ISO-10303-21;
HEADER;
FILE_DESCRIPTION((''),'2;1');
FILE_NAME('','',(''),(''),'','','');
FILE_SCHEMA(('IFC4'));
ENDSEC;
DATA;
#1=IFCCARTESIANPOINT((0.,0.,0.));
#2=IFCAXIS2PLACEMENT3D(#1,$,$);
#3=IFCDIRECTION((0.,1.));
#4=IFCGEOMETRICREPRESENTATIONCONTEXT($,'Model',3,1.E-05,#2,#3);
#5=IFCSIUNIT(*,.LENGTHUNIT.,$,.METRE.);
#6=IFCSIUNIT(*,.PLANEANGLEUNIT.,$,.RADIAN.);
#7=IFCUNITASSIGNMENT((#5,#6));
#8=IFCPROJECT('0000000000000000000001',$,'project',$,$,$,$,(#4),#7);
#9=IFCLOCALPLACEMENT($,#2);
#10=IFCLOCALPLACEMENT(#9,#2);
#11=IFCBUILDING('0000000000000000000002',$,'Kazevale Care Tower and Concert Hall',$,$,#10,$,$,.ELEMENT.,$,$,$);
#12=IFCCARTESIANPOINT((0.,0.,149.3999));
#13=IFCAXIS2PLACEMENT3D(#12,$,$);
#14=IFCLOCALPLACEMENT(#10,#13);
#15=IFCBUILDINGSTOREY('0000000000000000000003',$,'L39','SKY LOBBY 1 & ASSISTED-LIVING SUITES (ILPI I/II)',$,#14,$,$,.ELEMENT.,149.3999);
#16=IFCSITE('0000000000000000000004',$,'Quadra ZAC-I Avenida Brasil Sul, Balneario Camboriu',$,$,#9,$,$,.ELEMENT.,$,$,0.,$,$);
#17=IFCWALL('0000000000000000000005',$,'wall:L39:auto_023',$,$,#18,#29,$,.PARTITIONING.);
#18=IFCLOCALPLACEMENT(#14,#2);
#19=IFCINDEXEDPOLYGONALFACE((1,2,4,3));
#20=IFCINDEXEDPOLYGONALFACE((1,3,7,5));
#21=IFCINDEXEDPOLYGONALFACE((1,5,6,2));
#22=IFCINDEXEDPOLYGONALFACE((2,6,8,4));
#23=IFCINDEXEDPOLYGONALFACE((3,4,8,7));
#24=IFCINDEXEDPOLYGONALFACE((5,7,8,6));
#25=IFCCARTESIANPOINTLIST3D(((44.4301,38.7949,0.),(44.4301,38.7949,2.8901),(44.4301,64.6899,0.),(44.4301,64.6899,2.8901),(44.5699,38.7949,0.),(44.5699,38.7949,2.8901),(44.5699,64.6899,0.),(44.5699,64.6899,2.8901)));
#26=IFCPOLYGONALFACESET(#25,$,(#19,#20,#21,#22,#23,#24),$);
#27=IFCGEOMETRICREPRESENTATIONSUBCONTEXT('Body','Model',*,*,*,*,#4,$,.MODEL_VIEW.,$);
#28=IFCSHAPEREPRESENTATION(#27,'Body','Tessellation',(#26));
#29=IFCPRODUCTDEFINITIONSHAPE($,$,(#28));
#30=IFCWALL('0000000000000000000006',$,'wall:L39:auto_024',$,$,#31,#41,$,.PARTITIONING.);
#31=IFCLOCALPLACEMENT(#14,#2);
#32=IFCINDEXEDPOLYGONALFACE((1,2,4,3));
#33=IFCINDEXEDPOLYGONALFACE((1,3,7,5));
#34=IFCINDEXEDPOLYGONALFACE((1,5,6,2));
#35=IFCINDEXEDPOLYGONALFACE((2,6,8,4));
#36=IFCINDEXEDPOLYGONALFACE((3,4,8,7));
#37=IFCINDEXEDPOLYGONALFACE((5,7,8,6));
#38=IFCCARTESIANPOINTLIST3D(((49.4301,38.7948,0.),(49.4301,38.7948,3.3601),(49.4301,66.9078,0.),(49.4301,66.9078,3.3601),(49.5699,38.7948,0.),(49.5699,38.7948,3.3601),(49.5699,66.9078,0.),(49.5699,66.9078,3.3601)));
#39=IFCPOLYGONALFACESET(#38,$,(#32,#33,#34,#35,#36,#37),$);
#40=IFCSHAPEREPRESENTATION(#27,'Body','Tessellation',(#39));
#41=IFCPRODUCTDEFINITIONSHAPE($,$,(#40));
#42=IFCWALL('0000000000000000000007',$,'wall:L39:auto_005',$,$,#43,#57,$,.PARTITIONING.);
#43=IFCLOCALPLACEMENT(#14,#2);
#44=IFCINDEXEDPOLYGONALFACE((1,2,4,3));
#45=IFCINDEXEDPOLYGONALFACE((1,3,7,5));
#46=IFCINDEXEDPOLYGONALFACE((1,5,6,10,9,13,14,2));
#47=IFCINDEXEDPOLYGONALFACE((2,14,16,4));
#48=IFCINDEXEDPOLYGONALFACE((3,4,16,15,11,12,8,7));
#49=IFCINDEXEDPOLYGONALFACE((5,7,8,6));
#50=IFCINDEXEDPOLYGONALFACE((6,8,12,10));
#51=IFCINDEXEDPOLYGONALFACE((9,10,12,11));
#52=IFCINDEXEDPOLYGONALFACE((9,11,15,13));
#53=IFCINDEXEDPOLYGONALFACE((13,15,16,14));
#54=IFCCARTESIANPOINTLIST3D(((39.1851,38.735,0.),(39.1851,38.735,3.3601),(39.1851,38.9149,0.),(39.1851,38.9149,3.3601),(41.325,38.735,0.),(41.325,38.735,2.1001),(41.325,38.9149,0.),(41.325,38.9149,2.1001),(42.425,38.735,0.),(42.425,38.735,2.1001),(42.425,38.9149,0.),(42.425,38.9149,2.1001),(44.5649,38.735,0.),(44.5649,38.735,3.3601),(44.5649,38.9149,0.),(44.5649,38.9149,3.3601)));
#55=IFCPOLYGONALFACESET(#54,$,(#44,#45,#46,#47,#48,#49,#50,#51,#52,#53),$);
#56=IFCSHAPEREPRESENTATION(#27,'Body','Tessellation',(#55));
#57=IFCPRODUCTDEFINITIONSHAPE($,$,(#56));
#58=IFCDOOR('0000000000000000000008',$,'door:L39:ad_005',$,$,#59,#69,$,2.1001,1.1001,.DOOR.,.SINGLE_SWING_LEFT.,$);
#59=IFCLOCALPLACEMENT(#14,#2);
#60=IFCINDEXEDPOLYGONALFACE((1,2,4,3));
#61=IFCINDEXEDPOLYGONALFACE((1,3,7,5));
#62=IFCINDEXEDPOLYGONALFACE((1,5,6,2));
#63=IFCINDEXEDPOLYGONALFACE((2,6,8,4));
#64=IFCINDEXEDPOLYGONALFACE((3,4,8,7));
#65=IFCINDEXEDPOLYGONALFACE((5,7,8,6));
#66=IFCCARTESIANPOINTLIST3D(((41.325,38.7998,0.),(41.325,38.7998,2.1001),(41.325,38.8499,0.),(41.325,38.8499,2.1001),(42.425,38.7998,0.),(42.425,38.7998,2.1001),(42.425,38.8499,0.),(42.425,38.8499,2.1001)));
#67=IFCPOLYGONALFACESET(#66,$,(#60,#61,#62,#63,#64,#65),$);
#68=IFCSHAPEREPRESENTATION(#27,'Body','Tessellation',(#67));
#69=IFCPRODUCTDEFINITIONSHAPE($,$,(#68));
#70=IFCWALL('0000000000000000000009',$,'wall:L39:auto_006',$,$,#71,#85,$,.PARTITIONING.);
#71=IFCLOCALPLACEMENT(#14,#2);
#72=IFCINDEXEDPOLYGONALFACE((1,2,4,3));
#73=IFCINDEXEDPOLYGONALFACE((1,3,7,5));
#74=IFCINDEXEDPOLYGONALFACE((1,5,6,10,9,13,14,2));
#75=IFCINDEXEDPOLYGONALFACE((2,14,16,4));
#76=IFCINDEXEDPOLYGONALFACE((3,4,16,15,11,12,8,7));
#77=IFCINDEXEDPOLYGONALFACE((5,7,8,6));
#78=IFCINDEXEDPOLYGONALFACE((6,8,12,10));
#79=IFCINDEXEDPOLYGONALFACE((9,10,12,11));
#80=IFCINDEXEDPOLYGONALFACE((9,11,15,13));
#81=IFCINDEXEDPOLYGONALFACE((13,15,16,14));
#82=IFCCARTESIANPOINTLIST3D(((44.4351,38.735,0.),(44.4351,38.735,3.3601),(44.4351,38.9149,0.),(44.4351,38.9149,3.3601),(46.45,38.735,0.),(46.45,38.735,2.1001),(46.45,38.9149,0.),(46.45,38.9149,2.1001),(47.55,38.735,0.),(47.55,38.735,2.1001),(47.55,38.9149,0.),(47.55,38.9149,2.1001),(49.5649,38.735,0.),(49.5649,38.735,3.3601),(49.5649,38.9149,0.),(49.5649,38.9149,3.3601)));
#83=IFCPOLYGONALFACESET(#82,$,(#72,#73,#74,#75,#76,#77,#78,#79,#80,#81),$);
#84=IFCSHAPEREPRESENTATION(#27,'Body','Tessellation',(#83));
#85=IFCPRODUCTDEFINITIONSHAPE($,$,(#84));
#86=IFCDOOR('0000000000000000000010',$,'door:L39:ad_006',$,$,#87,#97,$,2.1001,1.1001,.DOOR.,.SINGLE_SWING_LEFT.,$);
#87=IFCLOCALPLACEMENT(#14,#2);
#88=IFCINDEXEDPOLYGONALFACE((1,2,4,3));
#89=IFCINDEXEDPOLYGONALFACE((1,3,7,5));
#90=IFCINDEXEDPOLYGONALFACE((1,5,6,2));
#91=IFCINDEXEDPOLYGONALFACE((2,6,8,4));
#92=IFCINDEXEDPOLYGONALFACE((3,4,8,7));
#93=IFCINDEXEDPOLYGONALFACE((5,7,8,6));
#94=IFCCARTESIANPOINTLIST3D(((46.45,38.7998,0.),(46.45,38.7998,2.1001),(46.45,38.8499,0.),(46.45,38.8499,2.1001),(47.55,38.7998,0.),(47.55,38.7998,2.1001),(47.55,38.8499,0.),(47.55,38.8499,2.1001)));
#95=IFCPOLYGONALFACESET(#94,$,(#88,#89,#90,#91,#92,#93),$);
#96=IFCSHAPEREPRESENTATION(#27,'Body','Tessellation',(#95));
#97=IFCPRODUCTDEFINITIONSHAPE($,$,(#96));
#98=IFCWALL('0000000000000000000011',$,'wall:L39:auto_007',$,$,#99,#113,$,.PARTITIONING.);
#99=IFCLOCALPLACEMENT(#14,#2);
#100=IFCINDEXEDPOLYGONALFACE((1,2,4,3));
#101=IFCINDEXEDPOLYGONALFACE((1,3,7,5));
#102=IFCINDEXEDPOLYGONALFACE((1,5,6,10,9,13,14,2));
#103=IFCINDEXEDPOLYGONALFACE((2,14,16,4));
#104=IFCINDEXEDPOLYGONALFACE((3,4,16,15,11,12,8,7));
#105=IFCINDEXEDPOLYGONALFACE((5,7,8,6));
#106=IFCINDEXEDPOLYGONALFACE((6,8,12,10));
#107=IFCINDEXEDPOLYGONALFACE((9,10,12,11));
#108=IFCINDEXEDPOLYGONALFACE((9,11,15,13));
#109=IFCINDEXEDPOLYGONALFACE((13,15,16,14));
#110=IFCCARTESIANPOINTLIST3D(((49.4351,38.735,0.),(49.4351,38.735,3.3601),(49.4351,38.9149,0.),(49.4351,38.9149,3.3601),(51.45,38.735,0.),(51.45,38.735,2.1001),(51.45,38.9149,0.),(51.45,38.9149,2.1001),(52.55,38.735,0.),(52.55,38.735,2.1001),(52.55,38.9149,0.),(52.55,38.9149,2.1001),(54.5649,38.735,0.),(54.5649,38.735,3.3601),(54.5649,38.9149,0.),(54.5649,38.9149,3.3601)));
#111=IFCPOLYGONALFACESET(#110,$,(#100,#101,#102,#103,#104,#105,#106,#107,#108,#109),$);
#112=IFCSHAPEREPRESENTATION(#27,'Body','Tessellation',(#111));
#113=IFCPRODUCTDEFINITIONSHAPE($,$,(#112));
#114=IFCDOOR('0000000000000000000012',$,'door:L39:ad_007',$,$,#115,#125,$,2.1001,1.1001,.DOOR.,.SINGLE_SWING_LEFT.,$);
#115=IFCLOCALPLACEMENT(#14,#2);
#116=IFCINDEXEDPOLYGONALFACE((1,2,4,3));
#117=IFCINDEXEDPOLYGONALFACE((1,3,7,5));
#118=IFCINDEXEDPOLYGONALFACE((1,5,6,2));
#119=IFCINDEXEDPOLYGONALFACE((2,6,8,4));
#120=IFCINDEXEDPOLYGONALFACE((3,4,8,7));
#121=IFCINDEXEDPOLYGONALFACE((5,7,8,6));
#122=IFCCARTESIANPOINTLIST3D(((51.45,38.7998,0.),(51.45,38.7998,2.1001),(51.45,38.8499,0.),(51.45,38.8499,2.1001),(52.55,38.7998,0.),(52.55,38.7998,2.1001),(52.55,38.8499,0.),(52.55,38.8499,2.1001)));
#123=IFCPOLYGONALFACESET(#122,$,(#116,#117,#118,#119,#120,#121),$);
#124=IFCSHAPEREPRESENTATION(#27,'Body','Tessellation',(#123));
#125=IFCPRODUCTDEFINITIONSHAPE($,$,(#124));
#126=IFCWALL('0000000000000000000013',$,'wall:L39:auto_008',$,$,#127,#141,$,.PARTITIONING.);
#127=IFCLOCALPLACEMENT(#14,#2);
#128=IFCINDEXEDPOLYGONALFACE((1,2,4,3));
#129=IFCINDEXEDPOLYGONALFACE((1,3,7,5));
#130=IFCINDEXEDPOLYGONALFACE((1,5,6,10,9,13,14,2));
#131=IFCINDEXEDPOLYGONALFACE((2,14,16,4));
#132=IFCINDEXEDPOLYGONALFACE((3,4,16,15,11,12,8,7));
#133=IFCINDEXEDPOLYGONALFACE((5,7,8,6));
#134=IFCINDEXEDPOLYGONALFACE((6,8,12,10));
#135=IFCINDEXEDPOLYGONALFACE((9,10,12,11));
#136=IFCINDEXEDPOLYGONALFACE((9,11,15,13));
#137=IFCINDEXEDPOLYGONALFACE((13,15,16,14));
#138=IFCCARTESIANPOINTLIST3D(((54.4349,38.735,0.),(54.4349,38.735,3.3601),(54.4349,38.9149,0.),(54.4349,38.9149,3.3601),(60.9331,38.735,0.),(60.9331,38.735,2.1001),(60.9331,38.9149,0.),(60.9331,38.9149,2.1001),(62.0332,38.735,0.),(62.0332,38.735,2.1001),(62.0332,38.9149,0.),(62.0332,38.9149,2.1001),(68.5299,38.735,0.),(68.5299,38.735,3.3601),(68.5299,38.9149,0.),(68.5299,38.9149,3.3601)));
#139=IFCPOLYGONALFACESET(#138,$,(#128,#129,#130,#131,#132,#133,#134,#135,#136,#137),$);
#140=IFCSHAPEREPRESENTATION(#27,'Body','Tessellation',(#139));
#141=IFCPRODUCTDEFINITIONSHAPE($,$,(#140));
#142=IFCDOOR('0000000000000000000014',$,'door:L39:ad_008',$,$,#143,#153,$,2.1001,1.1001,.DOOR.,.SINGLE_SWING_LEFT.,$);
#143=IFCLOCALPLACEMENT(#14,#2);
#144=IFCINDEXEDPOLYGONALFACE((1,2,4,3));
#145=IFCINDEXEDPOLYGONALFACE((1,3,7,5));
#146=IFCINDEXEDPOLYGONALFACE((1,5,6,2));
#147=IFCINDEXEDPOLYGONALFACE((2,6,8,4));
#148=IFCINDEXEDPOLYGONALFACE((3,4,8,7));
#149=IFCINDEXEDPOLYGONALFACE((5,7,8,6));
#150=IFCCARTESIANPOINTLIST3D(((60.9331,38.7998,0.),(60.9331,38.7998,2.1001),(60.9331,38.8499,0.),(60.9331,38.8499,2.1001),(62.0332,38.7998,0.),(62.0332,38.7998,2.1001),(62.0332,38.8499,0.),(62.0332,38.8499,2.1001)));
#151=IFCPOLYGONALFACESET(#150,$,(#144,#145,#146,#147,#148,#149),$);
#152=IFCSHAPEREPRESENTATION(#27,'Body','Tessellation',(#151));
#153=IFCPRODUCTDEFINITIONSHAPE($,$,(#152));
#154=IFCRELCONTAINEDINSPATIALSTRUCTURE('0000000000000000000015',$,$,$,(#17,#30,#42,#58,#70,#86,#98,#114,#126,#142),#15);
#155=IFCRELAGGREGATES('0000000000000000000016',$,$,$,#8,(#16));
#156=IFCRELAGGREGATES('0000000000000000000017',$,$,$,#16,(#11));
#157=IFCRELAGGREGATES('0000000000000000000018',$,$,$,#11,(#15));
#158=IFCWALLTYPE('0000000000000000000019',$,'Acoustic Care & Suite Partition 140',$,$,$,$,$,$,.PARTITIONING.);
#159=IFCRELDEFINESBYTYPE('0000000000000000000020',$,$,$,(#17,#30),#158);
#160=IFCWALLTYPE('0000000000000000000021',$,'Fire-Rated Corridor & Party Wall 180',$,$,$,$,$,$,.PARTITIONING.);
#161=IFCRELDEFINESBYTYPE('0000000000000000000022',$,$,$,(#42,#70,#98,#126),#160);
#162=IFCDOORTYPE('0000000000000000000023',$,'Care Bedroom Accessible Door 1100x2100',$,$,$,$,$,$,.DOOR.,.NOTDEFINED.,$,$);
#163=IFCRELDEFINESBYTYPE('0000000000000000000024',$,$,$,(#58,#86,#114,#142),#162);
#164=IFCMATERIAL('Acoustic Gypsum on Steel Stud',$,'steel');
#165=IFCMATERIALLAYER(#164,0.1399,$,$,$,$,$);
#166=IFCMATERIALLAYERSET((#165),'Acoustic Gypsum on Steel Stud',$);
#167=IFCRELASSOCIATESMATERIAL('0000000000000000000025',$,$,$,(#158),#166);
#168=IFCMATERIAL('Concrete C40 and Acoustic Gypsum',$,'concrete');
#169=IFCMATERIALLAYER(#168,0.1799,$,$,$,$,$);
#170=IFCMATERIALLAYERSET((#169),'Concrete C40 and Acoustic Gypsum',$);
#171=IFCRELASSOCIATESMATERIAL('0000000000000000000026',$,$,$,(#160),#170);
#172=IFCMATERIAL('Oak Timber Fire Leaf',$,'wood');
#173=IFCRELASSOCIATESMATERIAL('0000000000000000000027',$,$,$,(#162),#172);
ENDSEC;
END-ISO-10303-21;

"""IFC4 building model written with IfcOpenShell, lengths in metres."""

from ifc_helpers import new_model, si_unit, direction, frame, frame_2d, origin, place, context, subcontext, project, spatial, rectangle, extrude, material, layer, layer_set, type_object, element, fill, save


model = new_model("IFC4")

# Units and contexts
model_context = context("Model", 3, precision=1e-05, world=origin(), true_north=direction((0.0, 1.0)))
body_context = subcontext(model_context, "Body", "Model", "MODEL_VIEW")
ifc_project = project(units=[si_unit("LENGTHUNIT", "METRE"), si_unit("PLANEANGLEUNIT", "RADIAN")], contexts=[model_context])

# Site, building, storey
site_placement = place(None, origin())
site = spatial("IfcSite", under=ifc_project, at=site_placement, Name="Quadra ZAC-I Avenida Brasil Sul, Balneario Camboriu", CompositionType="ELEMENT", RefElevation=0.0)
building_placement = place(site_placement, origin())
building = spatial("IfcBuilding", under=site, at=building_placement, Name="Kazevale Care Tower and Concert Hall", CompositionType="ELEMENT")
storey_placement = place(building_placement, frame((0.0, 0.0, 149.3999)))
storey = spatial("IfcBuildingStorey", under=building, at=storey_placement, Name="L39", Description="SKY LOBBY 1 & ASSISTED-LIVING SUITES (ILPI I/II)", CompositionType="ELEMENT", Elevation=149.3999)

# Walls
ifc_material_1 = material(Name="Acoustic Gypsum on Steel Stud", Category="steel")
ifc_layer_1 = layer(ifc_material_1, 0.1399)
ifc_layer_set_1 = layer_set([ifc_layer_1], Name="Acoustic Gypsum on Steel Stud")
wall_type_1 = type_object("IfcWallType", Name="Acoustic Care & Suite Partition 140", PredefinedType="PARTITIONING", material=ifc_layer_set_1)
wall_1_placement = place(storey_placement, frame((44.5, 64.6899, 0.0), z_axis=(0.0, 0.0, 1.0), x_axis=(0.0, -1.0, 0.0)))
element("IfcWall", 1, at=wall_1_placement, inside=storey, type_object=wall_type_1, Name="wall:L39:auto_023", PredefinedType="PARTITIONING", context=body_context, shape_type="SweptSolid", body=[
    extrude(rectangle(XDim=25.895, YDim=0.1399, at=frame_2d((12.9475, 0.0))), origin(), (0.0, 0.0, 1.0), 2.8901),
])
wall_2_placement = place(storey_placement, frame((49.5, 66.908, 0.0), z_axis=(0.0, 0.0, 1.0), x_axis=(0.0, -1.0, 0.0)))
element("IfcWall", 2, at=wall_2_placement, inside=storey, type_object=wall_type_1, Name="wall:L39:auto_024", PredefinedType="PARTITIONING", context=body_context, shape_type="SweptSolid", body=[
    extrude(rectangle(XDim=28.113, YDim=0.1399, at=frame_2d((14.0566, 0.0))), origin(), (0.0, 0.0, 1.0), 3.3601),
])

# Walls, openings, doors
ifc_material_2 = material(Name="Concrete C40 and Acoustic Gypsum", Category="concrete")
ifc_layer_2 = layer(ifc_material_2, 0.1799)
ifc_layer_set_2 = layer_set([ifc_layer_2], Name="Concrete C40 and Acoustic Gypsum")
wall_type_2 = type_object("IfcWallType", Name="Fire-Rated Corridor & Party Wall 180", PredefinedType="PARTITIONING", material=ifc_layer_set_2)
wall_3_placement = place(storey_placement, frame((39.1851, 38.825, 0.0), z_axis=(0.0, 0.0, 1.0), x_axis=(1.0, 0.0, 0.0)))
wall_3 = element("IfcWall", 3, at=wall_3_placement, inside=storey, type_object=wall_type_2, Name="wall:L39:auto_005", PredefinedType="PARTITIONING", context=body_context, shape_type="SweptSolid", body=[
    extrude(rectangle(XDim=5.3799, YDim=0.1799, at=frame_2d((2.6899, 0.0))), origin(), (0.0, 0.0, 1.0), 3.3601),
])
opening_1_placement = place(wall_3_placement, frame((2.1399, 0.0, 0.0)))
opening_1 = element("IfcOpeningElement", 4, at=opening_1_placement, cuts=wall_3, PredefinedType="OPENING", context=body_context, shape_type="SweptSolid", body=[
    extrude(rectangle(XDim=1.1001, YDim=2.1001, at=frame_2d((0.55, 1.05))), frame((0.0, 0.0999, 0.0), z_axis=(0.0, -1.0, 0.0), x_axis=(1.0, 0.0, 0.0)), (0.0, 0.0, 1.0), 0.2),
])
ifc_material_3 = material(Name="Oak Timber Fire Leaf", Category="wood")
door_type = type_object("IfcDoorType", Name="Care Bedroom Accessible Door 1100x2100", OperationType="NOTDEFINED", PredefinedType="DOOR", material=ifc_material_3)
door_1_placement = place(opening_1_placement, origin())
door_1 = element("IfcDoor", 5, at=door_1_placement, inside=storey, type_object=door_type, Name="door:L39:ad_005", OperationType="SINGLE_SWING_LEFT", OverallHeight=2.1001, OverallWidth=1.1001, PredefinedType="DOOR", context=body_context, shape_type="SweptSolid", body=[
    extrude(rectangle(XDim=1.1001, YDim=2.1001, at=frame_2d((0.55, 1.05))), frame((0.0, 0.0249, 0.0), z_axis=(0.0, -1.0, 0.0), x_axis=(1.0, 0.0, 0.0)), (0.0, 0.0, 1.0), 0.05),
])
fill(opening_1, door_1)
wall_4_placement = place(storey_placement, frame((44.4351, 38.825, 0.0), z_axis=(0.0, 0.0, 1.0), x_axis=(1.0, 0.0, 0.0)))
wall_4 = element("IfcWall", 6, at=wall_4_placement, inside=storey, type_object=wall_type_2, Name="wall:L39:auto_006", PredefinedType="PARTITIONING", context=body_context, shape_type="SweptSolid", body=[
    extrude(rectangle(XDim=5.1299, YDim=0.1799, at=frame_2d((2.5649, 0.0))), origin(), (0.0, 0.0, 1.0), 3.3601),
])
opening_2_placement = place(wall_4_placement, frame((2.0149, 0.0, 0.0)))
opening_2 = element("IfcOpeningElement", 7, at=opening_2_placement, cuts=wall_4, PredefinedType="OPENING", context=body_context, shape_type="SweptSolid", body=[
    extrude(rectangle(XDim=1.1001, YDim=2.1001, at=frame_2d((0.55, 1.05))), frame((0.0, 0.0999, 0.0), z_axis=(0.0, -1.0, 0.0), x_axis=(1.0, 0.0, 0.0)), (0.0, 0.0, 1.0), 0.2),
])
door_2_placement = place(opening_2_placement, origin())
door_2 = element("IfcDoor", 8, at=door_2_placement, inside=storey, type_object=door_type, Name="door:L39:ad_006", OperationType="SINGLE_SWING_LEFT", OverallHeight=2.1001, OverallWidth=1.1001, PredefinedType="DOOR", context=body_context, shape_type="SweptSolid", body=[
    extrude(rectangle(XDim=1.1001, YDim=2.1001, at=frame_2d((0.55, 1.05))), frame((0.0, 0.0249, 0.0), z_axis=(0.0, -1.0, 0.0), x_axis=(1.0, 0.0, 0.0)), (0.0, 0.0, 1.0), 0.05),
])
fill(opening_2, door_2)
wall_5_placement = place(storey_placement, frame((49.4351, 38.825, 0.0), z_axis=(0.0, 0.0, 1.0), x_axis=(1.0, 0.0, 0.0)))
wall_5 = element("IfcWall", 9, at=wall_5_placement, inside=storey, type_object=wall_type_2, Name="wall:L39:auto_007", PredefinedType="PARTITIONING", context=body_context, shape_type="SweptSolid", body=[
    extrude(rectangle(XDim=5.1299, YDim=0.1799, at=frame_2d((2.5649, 0.0))), origin(), (0.0, 0.0, 1.0), 3.3601),
])
opening_3_placement = place(wall_5_placement, frame((2.0149, 0.0, 0.0)))
opening_3 = element("IfcOpeningElement", 10, at=opening_3_placement, cuts=wall_5, PredefinedType="OPENING", context=body_context, shape_type="SweptSolid", body=[
    extrude(rectangle(XDim=1.1001, YDim=2.1001, at=frame_2d((0.55, 1.05))), frame((0.0, 0.0999, 0.0), z_axis=(0.0, -1.0, 0.0), x_axis=(1.0, 0.0, 0.0)), (0.0, 0.0, 1.0), 0.2),
])
door_3_placement = place(opening_3_placement, origin())
door_3 = element("IfcDoor", 11, at=door_3_placement, inside=storey, type_object=door_type, Name="door:L39:ad_007", OperationType="SINGLE_SWING_LEFT", OverallHeight=2.1001, OverallWidth=1.1001, PredefinedType="DOOR", context=body_context, shape_type="SweptSolid", body=[
    extrude(rectangle(XDim=1.1001, YDim=2.1001, at=frame_2d((0.55, 1.05))), frame((0.0, 0.0249, 0.0), z_axis=(0.0, -1.0, 0.0), x_axis=(1.0, 0.0, 0.0)), (0.0, 0.0, 1.0), 0.05),
])
fill(opening_3, door_3)
wall_6_placement = place(storey_placement, frame((54.4351, 38.825, 0.0), z_axis=(0.0, 0.0, 1.0), x_axis=(1.0, 0.0, 0.0)))
wall_6 = element("IfcWall", 12, at=wall_6_placement, inside=storey, type_object=wall_type_2, Name="wall:L39:auto_008", PredefinedType="PARTITIONING", context=body_context, shape_type="SweptSolid", body=[
    extrude(rectangle(XDim=14.095, YDim=0.1799, at=frame_2d((7.0474, 0.0))), origin(), (0.0, 0.0, 1.0), 3.3601),
])
opening_4_placement = place(wall_6_placement, frame((6.498, 0.0, 0.0)))
opening_4 = element("IfcOpeningElement", 13, at=opening_4_placement, cuts=wall_6, PredefinedType="OPENING", context=body_context, shape_type="SweptSolid", body=[
    extrude(rectangle(XDim=1.1001, YDim=2.1001, at=frame_2d((0.55, 1.05))), frame((0.0, 0.0999, 0.0), z_axis=(0.0, -1.0, 0.0), x_axis=(1.0, 0.0, 0.0)), (0.0, 0.0, 1.0), 0.2),
])
door_4_placement = place(opening_4_placement, origin())
door_4 = element("IfcDoor", 14, at=door_4_placement, inside=storey, type_object=door_type, Name="door:L39:ad_008", OperationType="SINGLE_SWING_LEFT", OverallHeight=2.1001, OverallWidth=1.1001, PredefinedType="DOOR", context=body_context, shape_type="SweptSolid", body=[
    extrude(rectangle(XDim=1.1001, YDim=2.1001, at=frame_2d((0.55, 1.05))), frame((0.0, 0.0249, 0.0), z_axis=(0.0, -1.0, 0.0), x_axis=(1.0, 0.0, 0.0)), (0.0, 0.0, 1.0), 0.05),
])
fill(opening_4, door_4)

save(model, "model.ifc")
